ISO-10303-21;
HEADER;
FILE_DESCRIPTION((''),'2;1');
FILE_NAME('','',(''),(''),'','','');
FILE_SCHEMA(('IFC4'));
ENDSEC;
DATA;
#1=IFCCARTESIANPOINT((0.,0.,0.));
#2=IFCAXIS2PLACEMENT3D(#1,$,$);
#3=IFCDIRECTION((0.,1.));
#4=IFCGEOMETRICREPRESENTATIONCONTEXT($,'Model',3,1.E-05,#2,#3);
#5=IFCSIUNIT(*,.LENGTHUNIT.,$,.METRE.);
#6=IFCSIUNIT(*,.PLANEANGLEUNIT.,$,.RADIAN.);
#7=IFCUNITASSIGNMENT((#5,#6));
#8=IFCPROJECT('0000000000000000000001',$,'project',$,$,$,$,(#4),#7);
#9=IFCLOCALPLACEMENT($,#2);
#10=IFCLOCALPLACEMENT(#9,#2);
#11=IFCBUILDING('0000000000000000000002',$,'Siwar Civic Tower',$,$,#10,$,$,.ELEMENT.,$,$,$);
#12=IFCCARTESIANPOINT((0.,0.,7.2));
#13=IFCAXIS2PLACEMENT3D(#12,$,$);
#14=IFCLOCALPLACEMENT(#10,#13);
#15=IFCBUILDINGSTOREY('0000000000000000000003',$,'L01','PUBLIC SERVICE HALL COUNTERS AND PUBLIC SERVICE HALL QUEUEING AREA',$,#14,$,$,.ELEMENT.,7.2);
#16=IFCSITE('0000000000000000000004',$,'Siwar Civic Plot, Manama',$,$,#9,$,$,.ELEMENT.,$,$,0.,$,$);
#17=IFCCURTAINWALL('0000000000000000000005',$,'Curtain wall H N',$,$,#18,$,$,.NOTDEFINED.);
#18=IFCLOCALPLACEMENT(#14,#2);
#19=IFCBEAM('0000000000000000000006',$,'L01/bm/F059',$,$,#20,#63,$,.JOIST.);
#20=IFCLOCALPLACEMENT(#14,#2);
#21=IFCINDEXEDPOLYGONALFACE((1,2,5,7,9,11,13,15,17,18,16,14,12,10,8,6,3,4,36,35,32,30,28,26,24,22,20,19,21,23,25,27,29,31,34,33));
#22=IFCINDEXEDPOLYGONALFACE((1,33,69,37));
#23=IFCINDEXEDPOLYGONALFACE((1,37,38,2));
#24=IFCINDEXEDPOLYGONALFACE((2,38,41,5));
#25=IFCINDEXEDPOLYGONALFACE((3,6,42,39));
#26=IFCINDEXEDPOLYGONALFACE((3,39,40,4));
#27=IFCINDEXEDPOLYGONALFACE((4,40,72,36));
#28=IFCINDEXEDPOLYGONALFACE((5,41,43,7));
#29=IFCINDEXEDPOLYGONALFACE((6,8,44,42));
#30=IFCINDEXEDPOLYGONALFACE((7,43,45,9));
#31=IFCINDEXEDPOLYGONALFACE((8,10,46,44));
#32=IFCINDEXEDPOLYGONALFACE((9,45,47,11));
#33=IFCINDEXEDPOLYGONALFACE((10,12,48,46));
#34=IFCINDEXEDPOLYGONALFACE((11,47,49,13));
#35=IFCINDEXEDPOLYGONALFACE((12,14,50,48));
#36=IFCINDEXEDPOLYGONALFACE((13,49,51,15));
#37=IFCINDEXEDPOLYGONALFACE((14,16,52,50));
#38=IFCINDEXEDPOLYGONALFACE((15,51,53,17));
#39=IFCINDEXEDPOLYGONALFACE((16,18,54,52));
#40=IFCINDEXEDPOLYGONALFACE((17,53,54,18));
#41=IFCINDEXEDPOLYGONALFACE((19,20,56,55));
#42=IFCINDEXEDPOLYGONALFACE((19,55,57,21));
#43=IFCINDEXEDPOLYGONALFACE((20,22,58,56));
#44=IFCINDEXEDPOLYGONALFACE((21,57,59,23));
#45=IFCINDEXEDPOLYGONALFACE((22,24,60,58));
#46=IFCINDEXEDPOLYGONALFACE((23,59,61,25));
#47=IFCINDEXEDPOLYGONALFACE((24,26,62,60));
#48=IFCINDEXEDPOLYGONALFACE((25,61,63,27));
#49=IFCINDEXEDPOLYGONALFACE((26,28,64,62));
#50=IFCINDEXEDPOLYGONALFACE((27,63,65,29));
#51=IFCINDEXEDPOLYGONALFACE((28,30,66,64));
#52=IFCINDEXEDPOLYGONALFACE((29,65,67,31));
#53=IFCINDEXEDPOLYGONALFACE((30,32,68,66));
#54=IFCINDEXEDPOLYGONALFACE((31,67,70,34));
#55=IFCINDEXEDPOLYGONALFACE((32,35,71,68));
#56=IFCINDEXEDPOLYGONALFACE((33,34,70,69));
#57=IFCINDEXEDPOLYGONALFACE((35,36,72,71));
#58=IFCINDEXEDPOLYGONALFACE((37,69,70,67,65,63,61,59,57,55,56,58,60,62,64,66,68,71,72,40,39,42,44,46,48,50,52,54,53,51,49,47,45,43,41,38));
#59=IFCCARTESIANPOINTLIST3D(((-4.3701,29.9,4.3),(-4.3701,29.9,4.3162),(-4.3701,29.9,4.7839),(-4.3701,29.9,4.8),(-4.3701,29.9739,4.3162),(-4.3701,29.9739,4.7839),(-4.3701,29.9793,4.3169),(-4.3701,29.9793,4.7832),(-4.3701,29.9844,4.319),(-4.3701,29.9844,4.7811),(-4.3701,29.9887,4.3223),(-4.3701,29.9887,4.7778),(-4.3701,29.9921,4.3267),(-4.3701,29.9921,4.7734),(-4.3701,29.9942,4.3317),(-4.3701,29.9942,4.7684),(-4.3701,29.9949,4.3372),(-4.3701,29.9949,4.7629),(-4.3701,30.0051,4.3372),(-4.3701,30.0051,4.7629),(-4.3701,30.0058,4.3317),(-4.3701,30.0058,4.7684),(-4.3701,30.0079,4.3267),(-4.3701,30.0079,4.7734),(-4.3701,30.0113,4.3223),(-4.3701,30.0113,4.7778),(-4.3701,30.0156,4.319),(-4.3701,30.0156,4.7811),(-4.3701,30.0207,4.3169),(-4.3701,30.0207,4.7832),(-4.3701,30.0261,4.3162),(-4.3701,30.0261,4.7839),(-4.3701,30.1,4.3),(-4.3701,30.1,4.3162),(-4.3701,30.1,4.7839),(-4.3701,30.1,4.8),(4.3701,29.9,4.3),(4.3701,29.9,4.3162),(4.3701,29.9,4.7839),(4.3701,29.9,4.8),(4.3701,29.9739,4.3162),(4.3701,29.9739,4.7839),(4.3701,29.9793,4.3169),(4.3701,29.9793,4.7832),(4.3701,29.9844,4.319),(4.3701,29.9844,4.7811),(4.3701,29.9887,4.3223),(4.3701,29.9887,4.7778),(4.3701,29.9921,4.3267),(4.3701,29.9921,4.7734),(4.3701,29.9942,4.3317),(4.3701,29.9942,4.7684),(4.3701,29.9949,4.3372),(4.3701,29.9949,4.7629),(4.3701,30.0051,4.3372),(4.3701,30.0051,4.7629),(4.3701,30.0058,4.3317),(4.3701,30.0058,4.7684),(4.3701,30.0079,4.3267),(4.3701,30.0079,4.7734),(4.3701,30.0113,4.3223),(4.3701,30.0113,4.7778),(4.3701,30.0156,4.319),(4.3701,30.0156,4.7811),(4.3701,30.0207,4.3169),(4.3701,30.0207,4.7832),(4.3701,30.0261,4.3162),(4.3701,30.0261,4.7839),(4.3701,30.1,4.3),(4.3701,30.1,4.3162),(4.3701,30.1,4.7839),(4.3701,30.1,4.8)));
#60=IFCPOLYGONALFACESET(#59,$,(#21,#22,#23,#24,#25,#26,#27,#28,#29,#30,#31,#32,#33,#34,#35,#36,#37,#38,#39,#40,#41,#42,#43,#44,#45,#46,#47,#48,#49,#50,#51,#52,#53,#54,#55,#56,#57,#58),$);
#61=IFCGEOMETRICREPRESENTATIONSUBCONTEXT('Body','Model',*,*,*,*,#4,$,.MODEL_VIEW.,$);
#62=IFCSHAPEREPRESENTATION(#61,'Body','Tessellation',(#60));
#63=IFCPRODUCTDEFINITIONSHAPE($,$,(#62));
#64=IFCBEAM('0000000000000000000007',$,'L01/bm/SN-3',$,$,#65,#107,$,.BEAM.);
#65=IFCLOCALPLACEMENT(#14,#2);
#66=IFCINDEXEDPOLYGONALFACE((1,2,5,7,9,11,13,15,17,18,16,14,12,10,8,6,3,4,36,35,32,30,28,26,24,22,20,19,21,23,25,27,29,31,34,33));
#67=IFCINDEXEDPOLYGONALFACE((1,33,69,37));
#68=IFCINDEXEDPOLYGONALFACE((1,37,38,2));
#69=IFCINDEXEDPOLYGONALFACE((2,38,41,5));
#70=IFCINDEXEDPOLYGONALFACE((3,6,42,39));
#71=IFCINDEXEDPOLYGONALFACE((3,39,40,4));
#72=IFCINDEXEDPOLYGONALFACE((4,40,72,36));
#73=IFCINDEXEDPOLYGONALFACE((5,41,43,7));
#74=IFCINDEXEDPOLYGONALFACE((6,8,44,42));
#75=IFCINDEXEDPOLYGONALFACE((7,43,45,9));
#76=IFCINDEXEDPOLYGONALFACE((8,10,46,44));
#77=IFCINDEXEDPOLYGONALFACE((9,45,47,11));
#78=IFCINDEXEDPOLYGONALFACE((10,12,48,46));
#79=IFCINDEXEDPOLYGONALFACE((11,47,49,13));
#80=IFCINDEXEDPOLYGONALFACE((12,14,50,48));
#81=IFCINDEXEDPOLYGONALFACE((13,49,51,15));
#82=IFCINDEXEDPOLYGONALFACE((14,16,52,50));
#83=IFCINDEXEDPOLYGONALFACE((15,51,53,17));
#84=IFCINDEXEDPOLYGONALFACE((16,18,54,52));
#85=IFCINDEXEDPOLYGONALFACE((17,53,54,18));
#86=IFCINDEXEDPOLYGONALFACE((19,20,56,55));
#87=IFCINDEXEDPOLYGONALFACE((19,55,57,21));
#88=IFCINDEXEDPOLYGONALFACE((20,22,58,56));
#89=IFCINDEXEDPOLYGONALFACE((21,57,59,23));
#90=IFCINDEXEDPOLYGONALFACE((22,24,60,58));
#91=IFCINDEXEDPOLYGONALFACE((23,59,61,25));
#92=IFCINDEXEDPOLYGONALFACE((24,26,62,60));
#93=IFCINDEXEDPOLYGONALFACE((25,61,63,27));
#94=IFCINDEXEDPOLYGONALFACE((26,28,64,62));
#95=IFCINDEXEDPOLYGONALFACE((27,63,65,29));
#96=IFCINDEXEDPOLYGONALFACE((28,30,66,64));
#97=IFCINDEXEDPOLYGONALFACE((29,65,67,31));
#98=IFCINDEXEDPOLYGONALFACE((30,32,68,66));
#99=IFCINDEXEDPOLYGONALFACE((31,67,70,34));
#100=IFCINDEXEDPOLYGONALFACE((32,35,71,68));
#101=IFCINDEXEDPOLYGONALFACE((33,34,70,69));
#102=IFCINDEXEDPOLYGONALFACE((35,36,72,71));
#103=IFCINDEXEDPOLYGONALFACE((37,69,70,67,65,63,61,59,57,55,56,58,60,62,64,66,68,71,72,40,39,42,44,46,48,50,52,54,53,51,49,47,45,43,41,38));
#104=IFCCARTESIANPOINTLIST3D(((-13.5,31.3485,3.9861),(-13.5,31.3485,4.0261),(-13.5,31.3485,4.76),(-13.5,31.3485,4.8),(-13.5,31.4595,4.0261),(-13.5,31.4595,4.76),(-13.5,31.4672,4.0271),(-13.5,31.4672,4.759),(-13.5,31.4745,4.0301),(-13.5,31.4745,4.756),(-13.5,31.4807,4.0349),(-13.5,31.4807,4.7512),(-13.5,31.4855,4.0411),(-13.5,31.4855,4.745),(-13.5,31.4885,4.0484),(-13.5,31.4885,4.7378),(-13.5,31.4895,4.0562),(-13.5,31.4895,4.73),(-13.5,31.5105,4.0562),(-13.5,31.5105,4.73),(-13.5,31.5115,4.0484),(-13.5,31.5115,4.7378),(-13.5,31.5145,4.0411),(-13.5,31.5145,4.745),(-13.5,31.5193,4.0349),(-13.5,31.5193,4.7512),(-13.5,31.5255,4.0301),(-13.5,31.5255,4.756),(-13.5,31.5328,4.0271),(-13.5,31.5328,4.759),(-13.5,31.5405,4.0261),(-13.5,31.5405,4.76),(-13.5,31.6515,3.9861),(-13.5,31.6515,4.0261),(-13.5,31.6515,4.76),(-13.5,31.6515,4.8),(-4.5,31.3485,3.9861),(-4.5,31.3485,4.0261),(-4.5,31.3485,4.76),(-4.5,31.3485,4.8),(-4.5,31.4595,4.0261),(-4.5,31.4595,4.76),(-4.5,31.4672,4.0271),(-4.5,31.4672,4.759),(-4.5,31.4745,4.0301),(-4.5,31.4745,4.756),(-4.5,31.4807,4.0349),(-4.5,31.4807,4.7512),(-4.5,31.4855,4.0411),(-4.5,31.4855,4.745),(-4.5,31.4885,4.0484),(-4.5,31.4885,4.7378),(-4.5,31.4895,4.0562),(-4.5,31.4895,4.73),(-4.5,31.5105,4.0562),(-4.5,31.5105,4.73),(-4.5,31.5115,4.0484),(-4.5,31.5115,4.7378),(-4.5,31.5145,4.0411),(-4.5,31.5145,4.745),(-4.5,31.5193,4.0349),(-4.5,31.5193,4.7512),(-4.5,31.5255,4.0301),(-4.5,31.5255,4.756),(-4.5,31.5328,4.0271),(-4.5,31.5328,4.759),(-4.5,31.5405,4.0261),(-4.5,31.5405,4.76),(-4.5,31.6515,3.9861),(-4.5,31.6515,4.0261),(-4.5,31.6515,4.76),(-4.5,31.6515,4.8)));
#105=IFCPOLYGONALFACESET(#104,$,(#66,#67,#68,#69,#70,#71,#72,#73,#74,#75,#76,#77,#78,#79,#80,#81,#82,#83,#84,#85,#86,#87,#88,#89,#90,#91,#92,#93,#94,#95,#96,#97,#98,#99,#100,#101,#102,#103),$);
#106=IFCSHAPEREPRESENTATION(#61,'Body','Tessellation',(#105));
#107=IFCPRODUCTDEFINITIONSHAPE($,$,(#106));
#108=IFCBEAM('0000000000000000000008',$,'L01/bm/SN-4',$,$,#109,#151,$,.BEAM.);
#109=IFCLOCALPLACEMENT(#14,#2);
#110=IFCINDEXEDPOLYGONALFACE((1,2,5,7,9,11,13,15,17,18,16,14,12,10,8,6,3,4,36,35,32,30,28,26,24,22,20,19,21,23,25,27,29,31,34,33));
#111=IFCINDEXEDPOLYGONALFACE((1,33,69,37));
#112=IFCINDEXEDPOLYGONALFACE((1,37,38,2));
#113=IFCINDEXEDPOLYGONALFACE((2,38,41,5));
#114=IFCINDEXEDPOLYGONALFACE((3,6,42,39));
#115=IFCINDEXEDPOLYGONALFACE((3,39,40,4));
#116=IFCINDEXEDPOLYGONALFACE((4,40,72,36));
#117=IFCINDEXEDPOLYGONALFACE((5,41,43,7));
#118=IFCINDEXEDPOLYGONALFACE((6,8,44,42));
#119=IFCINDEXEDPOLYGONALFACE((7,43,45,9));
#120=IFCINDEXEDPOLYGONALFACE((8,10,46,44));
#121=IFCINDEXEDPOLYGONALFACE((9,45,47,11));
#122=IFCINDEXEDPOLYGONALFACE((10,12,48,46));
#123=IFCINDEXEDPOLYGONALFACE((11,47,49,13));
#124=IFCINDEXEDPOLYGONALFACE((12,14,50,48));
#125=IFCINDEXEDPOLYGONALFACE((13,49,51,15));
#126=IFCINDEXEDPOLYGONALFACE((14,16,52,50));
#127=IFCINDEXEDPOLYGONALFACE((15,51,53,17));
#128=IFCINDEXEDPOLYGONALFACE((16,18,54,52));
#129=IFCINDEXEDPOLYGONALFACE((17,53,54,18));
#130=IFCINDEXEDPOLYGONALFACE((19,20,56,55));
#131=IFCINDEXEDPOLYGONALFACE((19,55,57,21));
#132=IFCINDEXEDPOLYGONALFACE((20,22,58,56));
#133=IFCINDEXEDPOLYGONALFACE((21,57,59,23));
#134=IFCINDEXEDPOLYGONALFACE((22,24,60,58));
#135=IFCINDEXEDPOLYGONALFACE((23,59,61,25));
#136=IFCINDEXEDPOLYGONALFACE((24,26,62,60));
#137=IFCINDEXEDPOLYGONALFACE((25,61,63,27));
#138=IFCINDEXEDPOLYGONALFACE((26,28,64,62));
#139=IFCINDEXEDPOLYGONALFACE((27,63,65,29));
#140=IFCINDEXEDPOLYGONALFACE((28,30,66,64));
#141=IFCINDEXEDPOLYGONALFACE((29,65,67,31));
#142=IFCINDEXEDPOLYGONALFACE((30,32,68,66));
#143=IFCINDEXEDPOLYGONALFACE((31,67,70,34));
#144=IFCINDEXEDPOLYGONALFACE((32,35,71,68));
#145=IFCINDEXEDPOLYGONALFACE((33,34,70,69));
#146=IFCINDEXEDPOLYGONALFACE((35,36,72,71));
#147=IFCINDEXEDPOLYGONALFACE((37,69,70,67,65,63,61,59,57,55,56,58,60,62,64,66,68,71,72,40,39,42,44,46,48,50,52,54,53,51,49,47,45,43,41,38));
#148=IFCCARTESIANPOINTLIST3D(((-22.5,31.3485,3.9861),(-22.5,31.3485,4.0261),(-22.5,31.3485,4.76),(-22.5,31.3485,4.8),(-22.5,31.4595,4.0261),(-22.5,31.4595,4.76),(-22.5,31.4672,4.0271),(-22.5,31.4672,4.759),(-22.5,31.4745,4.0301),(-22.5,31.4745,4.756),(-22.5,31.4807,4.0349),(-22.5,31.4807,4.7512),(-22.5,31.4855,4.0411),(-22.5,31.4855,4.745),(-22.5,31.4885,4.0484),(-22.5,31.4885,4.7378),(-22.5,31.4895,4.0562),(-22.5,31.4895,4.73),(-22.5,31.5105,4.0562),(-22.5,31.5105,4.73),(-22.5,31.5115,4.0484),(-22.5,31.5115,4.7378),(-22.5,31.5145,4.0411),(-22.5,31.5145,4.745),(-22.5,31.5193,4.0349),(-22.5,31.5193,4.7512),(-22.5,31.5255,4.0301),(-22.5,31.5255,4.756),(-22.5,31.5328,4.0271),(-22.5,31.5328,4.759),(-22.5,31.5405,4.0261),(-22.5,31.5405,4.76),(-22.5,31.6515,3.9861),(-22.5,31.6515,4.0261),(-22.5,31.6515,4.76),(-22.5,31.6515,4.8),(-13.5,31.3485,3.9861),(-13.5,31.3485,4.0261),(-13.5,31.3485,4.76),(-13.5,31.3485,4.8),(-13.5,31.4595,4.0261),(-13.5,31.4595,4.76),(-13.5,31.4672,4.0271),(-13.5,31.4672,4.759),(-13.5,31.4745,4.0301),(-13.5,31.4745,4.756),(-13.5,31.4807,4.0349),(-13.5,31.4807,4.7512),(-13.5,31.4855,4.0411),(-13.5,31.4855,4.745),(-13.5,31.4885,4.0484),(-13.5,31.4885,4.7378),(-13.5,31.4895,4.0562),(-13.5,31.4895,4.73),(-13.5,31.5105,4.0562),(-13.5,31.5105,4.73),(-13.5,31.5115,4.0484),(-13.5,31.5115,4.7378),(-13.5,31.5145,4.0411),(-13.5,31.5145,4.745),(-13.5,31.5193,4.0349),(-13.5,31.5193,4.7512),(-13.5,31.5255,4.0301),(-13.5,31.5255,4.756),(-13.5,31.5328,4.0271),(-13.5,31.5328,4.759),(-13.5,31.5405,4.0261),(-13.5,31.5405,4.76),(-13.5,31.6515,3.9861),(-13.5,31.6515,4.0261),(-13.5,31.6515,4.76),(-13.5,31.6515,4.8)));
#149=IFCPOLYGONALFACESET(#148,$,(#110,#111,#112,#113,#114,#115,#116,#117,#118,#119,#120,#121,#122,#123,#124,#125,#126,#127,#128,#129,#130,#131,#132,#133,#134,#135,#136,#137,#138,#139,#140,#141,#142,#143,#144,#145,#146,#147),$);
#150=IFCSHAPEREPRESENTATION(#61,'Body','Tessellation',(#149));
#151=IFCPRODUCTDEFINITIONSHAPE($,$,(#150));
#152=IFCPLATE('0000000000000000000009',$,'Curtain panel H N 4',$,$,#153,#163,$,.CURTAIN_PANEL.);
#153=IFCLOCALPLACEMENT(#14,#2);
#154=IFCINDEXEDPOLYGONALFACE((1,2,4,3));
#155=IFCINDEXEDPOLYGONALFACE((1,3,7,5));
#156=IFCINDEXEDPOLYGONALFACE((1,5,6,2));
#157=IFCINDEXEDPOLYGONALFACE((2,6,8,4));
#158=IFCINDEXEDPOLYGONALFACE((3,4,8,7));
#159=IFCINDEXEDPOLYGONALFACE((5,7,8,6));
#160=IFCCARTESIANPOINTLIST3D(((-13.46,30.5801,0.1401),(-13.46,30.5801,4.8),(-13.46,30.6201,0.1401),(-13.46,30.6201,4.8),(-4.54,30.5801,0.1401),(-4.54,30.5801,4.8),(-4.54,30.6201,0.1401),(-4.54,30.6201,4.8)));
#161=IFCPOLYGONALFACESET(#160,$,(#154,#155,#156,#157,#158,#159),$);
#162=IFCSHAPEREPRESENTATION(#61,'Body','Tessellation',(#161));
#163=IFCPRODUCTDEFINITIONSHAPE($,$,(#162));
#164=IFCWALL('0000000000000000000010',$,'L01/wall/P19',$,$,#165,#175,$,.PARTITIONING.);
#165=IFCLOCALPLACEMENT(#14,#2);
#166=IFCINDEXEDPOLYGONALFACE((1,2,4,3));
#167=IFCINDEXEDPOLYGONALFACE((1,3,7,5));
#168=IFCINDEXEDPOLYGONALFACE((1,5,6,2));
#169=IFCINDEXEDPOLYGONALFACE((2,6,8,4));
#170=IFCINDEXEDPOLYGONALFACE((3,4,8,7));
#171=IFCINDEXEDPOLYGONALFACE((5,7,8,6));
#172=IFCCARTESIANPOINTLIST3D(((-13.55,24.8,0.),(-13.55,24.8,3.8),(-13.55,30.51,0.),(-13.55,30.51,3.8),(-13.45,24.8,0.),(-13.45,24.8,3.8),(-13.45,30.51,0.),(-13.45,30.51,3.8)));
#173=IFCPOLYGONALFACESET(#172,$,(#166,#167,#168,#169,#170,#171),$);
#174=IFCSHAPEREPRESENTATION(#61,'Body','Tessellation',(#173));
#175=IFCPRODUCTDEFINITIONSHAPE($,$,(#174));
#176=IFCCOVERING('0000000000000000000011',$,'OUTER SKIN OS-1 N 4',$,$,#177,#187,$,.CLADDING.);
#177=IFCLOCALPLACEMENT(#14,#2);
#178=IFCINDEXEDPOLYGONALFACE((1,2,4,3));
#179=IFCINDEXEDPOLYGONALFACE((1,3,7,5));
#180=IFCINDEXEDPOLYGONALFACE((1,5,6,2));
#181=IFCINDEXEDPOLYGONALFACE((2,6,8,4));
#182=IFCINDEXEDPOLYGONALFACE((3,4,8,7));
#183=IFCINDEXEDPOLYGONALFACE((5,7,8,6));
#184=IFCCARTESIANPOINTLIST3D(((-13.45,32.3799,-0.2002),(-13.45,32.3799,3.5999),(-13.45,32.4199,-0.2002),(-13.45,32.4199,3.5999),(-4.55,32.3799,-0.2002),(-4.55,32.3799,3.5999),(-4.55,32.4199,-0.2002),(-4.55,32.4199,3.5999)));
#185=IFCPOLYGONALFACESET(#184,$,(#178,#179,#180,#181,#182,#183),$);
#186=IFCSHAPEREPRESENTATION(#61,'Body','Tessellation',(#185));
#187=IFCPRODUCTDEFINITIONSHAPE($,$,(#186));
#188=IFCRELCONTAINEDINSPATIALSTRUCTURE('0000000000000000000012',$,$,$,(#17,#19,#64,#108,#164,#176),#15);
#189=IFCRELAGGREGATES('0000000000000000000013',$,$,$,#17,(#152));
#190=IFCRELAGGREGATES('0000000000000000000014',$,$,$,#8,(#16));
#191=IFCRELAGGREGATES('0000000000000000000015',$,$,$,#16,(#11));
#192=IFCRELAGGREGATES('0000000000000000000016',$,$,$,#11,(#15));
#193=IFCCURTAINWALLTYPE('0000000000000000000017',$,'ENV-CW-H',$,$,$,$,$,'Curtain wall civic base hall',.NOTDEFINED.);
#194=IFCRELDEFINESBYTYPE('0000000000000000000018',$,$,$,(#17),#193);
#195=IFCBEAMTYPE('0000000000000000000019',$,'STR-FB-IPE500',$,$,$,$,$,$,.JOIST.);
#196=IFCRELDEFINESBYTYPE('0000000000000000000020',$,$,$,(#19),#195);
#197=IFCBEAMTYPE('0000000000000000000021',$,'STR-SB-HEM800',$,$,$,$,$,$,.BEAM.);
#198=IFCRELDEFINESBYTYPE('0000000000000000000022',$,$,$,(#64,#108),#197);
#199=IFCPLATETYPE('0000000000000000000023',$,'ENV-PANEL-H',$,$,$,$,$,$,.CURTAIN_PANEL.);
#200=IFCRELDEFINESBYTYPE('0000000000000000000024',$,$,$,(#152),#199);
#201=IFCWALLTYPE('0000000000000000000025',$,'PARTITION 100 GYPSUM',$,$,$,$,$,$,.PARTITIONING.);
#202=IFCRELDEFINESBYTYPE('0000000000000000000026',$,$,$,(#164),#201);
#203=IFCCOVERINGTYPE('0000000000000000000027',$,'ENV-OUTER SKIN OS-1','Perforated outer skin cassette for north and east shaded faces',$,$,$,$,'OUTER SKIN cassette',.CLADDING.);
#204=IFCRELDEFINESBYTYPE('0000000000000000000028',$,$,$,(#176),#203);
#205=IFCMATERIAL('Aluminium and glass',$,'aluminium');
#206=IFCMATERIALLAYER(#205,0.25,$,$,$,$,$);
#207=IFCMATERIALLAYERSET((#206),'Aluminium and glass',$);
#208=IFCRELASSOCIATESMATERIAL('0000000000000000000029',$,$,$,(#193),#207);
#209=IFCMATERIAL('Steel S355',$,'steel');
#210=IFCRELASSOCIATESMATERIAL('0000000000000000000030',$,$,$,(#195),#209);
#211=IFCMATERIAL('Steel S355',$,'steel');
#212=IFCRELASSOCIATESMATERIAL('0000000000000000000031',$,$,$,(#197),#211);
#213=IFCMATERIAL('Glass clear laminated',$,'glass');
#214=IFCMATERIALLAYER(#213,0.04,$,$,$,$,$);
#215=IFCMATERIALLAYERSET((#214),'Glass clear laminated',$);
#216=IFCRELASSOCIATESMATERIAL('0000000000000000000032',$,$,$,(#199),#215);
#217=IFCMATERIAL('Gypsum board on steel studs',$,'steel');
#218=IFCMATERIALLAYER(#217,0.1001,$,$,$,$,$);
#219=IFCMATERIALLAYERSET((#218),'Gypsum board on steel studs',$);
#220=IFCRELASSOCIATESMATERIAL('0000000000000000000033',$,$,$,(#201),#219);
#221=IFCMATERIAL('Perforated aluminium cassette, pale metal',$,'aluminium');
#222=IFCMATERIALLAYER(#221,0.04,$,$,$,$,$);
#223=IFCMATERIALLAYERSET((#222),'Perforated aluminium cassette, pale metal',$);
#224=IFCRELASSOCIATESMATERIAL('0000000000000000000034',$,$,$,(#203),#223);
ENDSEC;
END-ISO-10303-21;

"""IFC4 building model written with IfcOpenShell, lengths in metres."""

from ifc_helpers import new_model, si_unit, direction, frame, frame_2d, origin, origin_2d, place, context, subcontext, project, spatial, rectangle, i_section, extrude, material, layer, layer_set, material_profile, profile_set, type_object, element, aggregate, save


model = new_model("IFC4")

# Units and contexts
model_context = context("Model", 3, precision=1e-05, world=origin(), true_north=direction((0.0, 1.0)))
body_context = subcontext(model_context, "Body", "Model", "MODEL_VIEW")
ifc_project = project(units=[si_unit("LENGTHUNIT", "METRE"), si_unit("PLANEANGLEUNIT", "RADIAN")], contexts=[model_context])

# Site, building, storey
site_placement = place(None, origin())
site = spatial("IfcSite", under=ifc_project, at=site_placement, Name="Siwar Civic Plot, Manama", CompositionType="ELEMENT", RefElevation=0.0)
building_placement = place(site_placement, origin())
building = spatial("IfcBuilding", under=site, at=building_placement, Name="Siwar Civic Tower", CompositionType="ELEMENT")
storey_placement = place(building_placement, frame((0.0, 0.0, 7.2)))
storey = spatial("IfcBuildingStorey", under=building, at=storey_placement, Name="L01", Description="PUBLIC SERVICE HALL COUNTERS AND PUBLIC SERVICE HALL QUEUEING AREA", CompositionType="ELEMENT", Elevation=7.2)

# Curtain wall
ifc_material_1 = material(Name="Aluminium and glass", Category="aluminium")
ifc_layer_1 = layer(ifc_material_1, 0.25)
ifc_layer_set_1 = layer_set([ifc_layer_1], Name="Aluminium and glass")
curtain_wall_type = type_object("IfcCurtainWallType", Name="ENV-CW-H", ElementType="Curtain wall civic base hall", PredefinedType="NOTDEFINED", material=ifc_layer_set_1)
curtain_wall_placement = place(storey_placement, origin())
curtain_wall = element("IfcCurtainWall", 1, at=curtain_wall_placement, inside=storey, type_object=curtain_wall_type, Name="Curtain wall H N", PredefinedType="NOTDEFINED")

# Beams
ifc_material_2 = material(Name="Steel S355", Category="steel")
ifc_material_profile_1 = material_profile(ifc_material_2, i_section(OverallWidth=0.2, OverallDepth=0.5, WebThickness=0.0103, FlangeThickness=0.0161, FilletRadius=0.021, at=origin_2d()), Name="IPE500")
ifc_profile_set_1 = profile_set([ifc_material_profile_1], Name="Steel S355")
beam_type_1 = type_object("IfcBeamType", Name="STR-FB-IPE500", PredefinedType="JOIST", material=ifc_profile_set_1)
for number, where, z_axis, x_axis, name in (
    (2, (-4.3701, 30.0, 4.55), (1.0, 0.0, 0.0), (0.0, 1.0, 0.0), "L01/bm/F059"),
):
    element("IfcBeam", number, at=place(storey_placement, frame(where, z_axis=z_axis, x_axis=x_axis)), inside=storey, type_object=beam_type_1, Name=name, PredefinedType="JOIST", context=body_context, shape_type="SweptSolid", body=[
        extrude(i_section(OverallWidth=0.2, OverallDepth=0.5, WebThickness=0.0103, FlangeThickness=0.0161, FilletRadius=0.021, at=origin_2d()), origin(), (0.0, 0.0, 1.0), 8.7402),
    ])
ifc_material_3 = material(Name="Steel S355", Category="steel")
ifc_material_profile_2 = material_profile(ifc_material_3, i_section(OverallWidth=0.303, OverallDepth=0.814, WebThickness=0.021, FlangeThickness=0.04, FilletRadius=0.03, at=origin_2d()), Name="HEM800")
ifc_profile_set_2 = profile_set([ifc_material_profile_2], Name="Steel S355")
beam_type_2 = type_object("IfcBeamType", Name="STR-SB-HEM800", PredefinedType="BEAM", material=ifc_profile_set_2)
for number, where, z_axis, x_axis, name in (
    (3, (-4.5, 31.5, 4.3931), (-1.0, 0.0, 0.0), (0.0, -1.0, 0.0), "L01/bm/SN-3"),
    (4, (-13.5, 31.5, 4.3931), (-1.0, 0.0, 0.0), (0.0, -1.0, 0.0), "L01/bm/SN-4"),
):
    element("IfcBeam", number, at=place(storey_placement, frame(where, z_axis=z_axis, x_axis=x_axis)), inside=storey, type_object=beam_type_2, Name=name, PredefinedType="BEAM", context=body_context, shape_type="SweptSolid", body=[
        extrude(i_section(OverallWidth=0.303, OverallDepth=0.814, WebThickness=0.021, FlangeThickness=0.04, FilletRadius=0.03, at=origin_2d()), origin(), (0.0, 0.0, 1.0), 9.0),
    ])

# Plate
ifc_material_4 = material(Name="Glass clear laminated", Category="glass")
ifc_layer_2 = layer(ifc_material_4, 0.04)
ifc_layer_set_2 = layer_set([ifc_layer_2], Name="Glass clear laminated")
plate_type = type_object("IfcPlateType", Name="ENV-PANEL-H", PredefinedType="CURTAIN_PANEL", material=ifc_layer_set_2)
plate_placement = place(storey_placement, frame((-9.0, 30.6001, 0.1401), z_axis=(0.0, 0.0, 1.0), x_axis=(-1.0, 0.0, 0.0)))
plate = element("IfcPlate", 5, at=plate_placement, type_object=plate_type, Name="Curtain panel H N 4", PredefinedType="CURTAIN_PANEL", context=body_context, shape_type="SweptSolid", body=[
    extrude(rectangle(XDim=8.9199, YDim=0.04, at=origin_2d()), origin(), (0.0, 0.0, 1.0), 4.6599),
])
aggregate(curtain_wall, [plate])

# Wall
ifc_material_5 = material(Name="Gypsum board on steel studs", Category="steel")
ifc_layer_3 = layer(ifc_material_5, 0.1001)
ifc_layer_set_3 = layer_set([ifc_layer_3], Name="Gypsum board on steel studs")
wall_type = type_object("IfcWallType", Name="PARTITION 100 GYPSUM", PredefinedType="PARTITIONING", material=ifc_layer_set_3)
wall_placement = place(storey_placement, frame((-13.5, 24.8, 0.0), z_axis=(0.0, 0.0, 1.0), x_axis=(0.0, 1.0, 0.0)))
element("IfcWall", 6, at=wall_placement, inside=storey, type_object=wall_type, Name="L01/wall/P19", PredefinedType="PARTITIONING", context=body_context, shape_type="SweptSolid", body=[
    extrude(rectangle(XDim=5.71, YDim=0.1001, at=frame_2d((2.855, 0.0))), origin(), (0.0, 0.0, 1.0), 3.8),
])

# Covering
ifc_material_6 = material(Name="Perforated aluminium cassette, pale metal", Category="aluminium")
ifc_layer_4 = layer(ifc_material_6, 0.04)
ifc_layer_set_4 = layer_set([ifc_layer_4], Name="Perforated aluminium cassette, pale metal")
covering_type = type_object("IfcCoveringType", Name="ENV-OUTER SKIN OS-1", Description="Perforated outer skin cassette for north and east shaded faces", ElementType="OUTER SKIN cassette", PredefinedType="CLADDING", material=ifc_layer_set_4)
covering_placement = place(storey_placement, frame((-9.0, 32.3999, -0.2002), z_axis=(0.0, 0.0, 1.0), x_axis=(-1.0, 0.0, 0.0)))
element("IfcCovering", 7, at=covering_placement, inside=storey, type_object=covering_type, Name="OUTER SKIN OS-1 N 4", PredefinedType="CLADDING", context=body_context, shape_type="SweptSolid", body=[
    extrude(rectangle(XDim=8.8999, YDim=0.04, at=origin_2d()), origin(), (0.0, 0.0, 1.0), 3.8),
])

save(model, "model.ifc")
